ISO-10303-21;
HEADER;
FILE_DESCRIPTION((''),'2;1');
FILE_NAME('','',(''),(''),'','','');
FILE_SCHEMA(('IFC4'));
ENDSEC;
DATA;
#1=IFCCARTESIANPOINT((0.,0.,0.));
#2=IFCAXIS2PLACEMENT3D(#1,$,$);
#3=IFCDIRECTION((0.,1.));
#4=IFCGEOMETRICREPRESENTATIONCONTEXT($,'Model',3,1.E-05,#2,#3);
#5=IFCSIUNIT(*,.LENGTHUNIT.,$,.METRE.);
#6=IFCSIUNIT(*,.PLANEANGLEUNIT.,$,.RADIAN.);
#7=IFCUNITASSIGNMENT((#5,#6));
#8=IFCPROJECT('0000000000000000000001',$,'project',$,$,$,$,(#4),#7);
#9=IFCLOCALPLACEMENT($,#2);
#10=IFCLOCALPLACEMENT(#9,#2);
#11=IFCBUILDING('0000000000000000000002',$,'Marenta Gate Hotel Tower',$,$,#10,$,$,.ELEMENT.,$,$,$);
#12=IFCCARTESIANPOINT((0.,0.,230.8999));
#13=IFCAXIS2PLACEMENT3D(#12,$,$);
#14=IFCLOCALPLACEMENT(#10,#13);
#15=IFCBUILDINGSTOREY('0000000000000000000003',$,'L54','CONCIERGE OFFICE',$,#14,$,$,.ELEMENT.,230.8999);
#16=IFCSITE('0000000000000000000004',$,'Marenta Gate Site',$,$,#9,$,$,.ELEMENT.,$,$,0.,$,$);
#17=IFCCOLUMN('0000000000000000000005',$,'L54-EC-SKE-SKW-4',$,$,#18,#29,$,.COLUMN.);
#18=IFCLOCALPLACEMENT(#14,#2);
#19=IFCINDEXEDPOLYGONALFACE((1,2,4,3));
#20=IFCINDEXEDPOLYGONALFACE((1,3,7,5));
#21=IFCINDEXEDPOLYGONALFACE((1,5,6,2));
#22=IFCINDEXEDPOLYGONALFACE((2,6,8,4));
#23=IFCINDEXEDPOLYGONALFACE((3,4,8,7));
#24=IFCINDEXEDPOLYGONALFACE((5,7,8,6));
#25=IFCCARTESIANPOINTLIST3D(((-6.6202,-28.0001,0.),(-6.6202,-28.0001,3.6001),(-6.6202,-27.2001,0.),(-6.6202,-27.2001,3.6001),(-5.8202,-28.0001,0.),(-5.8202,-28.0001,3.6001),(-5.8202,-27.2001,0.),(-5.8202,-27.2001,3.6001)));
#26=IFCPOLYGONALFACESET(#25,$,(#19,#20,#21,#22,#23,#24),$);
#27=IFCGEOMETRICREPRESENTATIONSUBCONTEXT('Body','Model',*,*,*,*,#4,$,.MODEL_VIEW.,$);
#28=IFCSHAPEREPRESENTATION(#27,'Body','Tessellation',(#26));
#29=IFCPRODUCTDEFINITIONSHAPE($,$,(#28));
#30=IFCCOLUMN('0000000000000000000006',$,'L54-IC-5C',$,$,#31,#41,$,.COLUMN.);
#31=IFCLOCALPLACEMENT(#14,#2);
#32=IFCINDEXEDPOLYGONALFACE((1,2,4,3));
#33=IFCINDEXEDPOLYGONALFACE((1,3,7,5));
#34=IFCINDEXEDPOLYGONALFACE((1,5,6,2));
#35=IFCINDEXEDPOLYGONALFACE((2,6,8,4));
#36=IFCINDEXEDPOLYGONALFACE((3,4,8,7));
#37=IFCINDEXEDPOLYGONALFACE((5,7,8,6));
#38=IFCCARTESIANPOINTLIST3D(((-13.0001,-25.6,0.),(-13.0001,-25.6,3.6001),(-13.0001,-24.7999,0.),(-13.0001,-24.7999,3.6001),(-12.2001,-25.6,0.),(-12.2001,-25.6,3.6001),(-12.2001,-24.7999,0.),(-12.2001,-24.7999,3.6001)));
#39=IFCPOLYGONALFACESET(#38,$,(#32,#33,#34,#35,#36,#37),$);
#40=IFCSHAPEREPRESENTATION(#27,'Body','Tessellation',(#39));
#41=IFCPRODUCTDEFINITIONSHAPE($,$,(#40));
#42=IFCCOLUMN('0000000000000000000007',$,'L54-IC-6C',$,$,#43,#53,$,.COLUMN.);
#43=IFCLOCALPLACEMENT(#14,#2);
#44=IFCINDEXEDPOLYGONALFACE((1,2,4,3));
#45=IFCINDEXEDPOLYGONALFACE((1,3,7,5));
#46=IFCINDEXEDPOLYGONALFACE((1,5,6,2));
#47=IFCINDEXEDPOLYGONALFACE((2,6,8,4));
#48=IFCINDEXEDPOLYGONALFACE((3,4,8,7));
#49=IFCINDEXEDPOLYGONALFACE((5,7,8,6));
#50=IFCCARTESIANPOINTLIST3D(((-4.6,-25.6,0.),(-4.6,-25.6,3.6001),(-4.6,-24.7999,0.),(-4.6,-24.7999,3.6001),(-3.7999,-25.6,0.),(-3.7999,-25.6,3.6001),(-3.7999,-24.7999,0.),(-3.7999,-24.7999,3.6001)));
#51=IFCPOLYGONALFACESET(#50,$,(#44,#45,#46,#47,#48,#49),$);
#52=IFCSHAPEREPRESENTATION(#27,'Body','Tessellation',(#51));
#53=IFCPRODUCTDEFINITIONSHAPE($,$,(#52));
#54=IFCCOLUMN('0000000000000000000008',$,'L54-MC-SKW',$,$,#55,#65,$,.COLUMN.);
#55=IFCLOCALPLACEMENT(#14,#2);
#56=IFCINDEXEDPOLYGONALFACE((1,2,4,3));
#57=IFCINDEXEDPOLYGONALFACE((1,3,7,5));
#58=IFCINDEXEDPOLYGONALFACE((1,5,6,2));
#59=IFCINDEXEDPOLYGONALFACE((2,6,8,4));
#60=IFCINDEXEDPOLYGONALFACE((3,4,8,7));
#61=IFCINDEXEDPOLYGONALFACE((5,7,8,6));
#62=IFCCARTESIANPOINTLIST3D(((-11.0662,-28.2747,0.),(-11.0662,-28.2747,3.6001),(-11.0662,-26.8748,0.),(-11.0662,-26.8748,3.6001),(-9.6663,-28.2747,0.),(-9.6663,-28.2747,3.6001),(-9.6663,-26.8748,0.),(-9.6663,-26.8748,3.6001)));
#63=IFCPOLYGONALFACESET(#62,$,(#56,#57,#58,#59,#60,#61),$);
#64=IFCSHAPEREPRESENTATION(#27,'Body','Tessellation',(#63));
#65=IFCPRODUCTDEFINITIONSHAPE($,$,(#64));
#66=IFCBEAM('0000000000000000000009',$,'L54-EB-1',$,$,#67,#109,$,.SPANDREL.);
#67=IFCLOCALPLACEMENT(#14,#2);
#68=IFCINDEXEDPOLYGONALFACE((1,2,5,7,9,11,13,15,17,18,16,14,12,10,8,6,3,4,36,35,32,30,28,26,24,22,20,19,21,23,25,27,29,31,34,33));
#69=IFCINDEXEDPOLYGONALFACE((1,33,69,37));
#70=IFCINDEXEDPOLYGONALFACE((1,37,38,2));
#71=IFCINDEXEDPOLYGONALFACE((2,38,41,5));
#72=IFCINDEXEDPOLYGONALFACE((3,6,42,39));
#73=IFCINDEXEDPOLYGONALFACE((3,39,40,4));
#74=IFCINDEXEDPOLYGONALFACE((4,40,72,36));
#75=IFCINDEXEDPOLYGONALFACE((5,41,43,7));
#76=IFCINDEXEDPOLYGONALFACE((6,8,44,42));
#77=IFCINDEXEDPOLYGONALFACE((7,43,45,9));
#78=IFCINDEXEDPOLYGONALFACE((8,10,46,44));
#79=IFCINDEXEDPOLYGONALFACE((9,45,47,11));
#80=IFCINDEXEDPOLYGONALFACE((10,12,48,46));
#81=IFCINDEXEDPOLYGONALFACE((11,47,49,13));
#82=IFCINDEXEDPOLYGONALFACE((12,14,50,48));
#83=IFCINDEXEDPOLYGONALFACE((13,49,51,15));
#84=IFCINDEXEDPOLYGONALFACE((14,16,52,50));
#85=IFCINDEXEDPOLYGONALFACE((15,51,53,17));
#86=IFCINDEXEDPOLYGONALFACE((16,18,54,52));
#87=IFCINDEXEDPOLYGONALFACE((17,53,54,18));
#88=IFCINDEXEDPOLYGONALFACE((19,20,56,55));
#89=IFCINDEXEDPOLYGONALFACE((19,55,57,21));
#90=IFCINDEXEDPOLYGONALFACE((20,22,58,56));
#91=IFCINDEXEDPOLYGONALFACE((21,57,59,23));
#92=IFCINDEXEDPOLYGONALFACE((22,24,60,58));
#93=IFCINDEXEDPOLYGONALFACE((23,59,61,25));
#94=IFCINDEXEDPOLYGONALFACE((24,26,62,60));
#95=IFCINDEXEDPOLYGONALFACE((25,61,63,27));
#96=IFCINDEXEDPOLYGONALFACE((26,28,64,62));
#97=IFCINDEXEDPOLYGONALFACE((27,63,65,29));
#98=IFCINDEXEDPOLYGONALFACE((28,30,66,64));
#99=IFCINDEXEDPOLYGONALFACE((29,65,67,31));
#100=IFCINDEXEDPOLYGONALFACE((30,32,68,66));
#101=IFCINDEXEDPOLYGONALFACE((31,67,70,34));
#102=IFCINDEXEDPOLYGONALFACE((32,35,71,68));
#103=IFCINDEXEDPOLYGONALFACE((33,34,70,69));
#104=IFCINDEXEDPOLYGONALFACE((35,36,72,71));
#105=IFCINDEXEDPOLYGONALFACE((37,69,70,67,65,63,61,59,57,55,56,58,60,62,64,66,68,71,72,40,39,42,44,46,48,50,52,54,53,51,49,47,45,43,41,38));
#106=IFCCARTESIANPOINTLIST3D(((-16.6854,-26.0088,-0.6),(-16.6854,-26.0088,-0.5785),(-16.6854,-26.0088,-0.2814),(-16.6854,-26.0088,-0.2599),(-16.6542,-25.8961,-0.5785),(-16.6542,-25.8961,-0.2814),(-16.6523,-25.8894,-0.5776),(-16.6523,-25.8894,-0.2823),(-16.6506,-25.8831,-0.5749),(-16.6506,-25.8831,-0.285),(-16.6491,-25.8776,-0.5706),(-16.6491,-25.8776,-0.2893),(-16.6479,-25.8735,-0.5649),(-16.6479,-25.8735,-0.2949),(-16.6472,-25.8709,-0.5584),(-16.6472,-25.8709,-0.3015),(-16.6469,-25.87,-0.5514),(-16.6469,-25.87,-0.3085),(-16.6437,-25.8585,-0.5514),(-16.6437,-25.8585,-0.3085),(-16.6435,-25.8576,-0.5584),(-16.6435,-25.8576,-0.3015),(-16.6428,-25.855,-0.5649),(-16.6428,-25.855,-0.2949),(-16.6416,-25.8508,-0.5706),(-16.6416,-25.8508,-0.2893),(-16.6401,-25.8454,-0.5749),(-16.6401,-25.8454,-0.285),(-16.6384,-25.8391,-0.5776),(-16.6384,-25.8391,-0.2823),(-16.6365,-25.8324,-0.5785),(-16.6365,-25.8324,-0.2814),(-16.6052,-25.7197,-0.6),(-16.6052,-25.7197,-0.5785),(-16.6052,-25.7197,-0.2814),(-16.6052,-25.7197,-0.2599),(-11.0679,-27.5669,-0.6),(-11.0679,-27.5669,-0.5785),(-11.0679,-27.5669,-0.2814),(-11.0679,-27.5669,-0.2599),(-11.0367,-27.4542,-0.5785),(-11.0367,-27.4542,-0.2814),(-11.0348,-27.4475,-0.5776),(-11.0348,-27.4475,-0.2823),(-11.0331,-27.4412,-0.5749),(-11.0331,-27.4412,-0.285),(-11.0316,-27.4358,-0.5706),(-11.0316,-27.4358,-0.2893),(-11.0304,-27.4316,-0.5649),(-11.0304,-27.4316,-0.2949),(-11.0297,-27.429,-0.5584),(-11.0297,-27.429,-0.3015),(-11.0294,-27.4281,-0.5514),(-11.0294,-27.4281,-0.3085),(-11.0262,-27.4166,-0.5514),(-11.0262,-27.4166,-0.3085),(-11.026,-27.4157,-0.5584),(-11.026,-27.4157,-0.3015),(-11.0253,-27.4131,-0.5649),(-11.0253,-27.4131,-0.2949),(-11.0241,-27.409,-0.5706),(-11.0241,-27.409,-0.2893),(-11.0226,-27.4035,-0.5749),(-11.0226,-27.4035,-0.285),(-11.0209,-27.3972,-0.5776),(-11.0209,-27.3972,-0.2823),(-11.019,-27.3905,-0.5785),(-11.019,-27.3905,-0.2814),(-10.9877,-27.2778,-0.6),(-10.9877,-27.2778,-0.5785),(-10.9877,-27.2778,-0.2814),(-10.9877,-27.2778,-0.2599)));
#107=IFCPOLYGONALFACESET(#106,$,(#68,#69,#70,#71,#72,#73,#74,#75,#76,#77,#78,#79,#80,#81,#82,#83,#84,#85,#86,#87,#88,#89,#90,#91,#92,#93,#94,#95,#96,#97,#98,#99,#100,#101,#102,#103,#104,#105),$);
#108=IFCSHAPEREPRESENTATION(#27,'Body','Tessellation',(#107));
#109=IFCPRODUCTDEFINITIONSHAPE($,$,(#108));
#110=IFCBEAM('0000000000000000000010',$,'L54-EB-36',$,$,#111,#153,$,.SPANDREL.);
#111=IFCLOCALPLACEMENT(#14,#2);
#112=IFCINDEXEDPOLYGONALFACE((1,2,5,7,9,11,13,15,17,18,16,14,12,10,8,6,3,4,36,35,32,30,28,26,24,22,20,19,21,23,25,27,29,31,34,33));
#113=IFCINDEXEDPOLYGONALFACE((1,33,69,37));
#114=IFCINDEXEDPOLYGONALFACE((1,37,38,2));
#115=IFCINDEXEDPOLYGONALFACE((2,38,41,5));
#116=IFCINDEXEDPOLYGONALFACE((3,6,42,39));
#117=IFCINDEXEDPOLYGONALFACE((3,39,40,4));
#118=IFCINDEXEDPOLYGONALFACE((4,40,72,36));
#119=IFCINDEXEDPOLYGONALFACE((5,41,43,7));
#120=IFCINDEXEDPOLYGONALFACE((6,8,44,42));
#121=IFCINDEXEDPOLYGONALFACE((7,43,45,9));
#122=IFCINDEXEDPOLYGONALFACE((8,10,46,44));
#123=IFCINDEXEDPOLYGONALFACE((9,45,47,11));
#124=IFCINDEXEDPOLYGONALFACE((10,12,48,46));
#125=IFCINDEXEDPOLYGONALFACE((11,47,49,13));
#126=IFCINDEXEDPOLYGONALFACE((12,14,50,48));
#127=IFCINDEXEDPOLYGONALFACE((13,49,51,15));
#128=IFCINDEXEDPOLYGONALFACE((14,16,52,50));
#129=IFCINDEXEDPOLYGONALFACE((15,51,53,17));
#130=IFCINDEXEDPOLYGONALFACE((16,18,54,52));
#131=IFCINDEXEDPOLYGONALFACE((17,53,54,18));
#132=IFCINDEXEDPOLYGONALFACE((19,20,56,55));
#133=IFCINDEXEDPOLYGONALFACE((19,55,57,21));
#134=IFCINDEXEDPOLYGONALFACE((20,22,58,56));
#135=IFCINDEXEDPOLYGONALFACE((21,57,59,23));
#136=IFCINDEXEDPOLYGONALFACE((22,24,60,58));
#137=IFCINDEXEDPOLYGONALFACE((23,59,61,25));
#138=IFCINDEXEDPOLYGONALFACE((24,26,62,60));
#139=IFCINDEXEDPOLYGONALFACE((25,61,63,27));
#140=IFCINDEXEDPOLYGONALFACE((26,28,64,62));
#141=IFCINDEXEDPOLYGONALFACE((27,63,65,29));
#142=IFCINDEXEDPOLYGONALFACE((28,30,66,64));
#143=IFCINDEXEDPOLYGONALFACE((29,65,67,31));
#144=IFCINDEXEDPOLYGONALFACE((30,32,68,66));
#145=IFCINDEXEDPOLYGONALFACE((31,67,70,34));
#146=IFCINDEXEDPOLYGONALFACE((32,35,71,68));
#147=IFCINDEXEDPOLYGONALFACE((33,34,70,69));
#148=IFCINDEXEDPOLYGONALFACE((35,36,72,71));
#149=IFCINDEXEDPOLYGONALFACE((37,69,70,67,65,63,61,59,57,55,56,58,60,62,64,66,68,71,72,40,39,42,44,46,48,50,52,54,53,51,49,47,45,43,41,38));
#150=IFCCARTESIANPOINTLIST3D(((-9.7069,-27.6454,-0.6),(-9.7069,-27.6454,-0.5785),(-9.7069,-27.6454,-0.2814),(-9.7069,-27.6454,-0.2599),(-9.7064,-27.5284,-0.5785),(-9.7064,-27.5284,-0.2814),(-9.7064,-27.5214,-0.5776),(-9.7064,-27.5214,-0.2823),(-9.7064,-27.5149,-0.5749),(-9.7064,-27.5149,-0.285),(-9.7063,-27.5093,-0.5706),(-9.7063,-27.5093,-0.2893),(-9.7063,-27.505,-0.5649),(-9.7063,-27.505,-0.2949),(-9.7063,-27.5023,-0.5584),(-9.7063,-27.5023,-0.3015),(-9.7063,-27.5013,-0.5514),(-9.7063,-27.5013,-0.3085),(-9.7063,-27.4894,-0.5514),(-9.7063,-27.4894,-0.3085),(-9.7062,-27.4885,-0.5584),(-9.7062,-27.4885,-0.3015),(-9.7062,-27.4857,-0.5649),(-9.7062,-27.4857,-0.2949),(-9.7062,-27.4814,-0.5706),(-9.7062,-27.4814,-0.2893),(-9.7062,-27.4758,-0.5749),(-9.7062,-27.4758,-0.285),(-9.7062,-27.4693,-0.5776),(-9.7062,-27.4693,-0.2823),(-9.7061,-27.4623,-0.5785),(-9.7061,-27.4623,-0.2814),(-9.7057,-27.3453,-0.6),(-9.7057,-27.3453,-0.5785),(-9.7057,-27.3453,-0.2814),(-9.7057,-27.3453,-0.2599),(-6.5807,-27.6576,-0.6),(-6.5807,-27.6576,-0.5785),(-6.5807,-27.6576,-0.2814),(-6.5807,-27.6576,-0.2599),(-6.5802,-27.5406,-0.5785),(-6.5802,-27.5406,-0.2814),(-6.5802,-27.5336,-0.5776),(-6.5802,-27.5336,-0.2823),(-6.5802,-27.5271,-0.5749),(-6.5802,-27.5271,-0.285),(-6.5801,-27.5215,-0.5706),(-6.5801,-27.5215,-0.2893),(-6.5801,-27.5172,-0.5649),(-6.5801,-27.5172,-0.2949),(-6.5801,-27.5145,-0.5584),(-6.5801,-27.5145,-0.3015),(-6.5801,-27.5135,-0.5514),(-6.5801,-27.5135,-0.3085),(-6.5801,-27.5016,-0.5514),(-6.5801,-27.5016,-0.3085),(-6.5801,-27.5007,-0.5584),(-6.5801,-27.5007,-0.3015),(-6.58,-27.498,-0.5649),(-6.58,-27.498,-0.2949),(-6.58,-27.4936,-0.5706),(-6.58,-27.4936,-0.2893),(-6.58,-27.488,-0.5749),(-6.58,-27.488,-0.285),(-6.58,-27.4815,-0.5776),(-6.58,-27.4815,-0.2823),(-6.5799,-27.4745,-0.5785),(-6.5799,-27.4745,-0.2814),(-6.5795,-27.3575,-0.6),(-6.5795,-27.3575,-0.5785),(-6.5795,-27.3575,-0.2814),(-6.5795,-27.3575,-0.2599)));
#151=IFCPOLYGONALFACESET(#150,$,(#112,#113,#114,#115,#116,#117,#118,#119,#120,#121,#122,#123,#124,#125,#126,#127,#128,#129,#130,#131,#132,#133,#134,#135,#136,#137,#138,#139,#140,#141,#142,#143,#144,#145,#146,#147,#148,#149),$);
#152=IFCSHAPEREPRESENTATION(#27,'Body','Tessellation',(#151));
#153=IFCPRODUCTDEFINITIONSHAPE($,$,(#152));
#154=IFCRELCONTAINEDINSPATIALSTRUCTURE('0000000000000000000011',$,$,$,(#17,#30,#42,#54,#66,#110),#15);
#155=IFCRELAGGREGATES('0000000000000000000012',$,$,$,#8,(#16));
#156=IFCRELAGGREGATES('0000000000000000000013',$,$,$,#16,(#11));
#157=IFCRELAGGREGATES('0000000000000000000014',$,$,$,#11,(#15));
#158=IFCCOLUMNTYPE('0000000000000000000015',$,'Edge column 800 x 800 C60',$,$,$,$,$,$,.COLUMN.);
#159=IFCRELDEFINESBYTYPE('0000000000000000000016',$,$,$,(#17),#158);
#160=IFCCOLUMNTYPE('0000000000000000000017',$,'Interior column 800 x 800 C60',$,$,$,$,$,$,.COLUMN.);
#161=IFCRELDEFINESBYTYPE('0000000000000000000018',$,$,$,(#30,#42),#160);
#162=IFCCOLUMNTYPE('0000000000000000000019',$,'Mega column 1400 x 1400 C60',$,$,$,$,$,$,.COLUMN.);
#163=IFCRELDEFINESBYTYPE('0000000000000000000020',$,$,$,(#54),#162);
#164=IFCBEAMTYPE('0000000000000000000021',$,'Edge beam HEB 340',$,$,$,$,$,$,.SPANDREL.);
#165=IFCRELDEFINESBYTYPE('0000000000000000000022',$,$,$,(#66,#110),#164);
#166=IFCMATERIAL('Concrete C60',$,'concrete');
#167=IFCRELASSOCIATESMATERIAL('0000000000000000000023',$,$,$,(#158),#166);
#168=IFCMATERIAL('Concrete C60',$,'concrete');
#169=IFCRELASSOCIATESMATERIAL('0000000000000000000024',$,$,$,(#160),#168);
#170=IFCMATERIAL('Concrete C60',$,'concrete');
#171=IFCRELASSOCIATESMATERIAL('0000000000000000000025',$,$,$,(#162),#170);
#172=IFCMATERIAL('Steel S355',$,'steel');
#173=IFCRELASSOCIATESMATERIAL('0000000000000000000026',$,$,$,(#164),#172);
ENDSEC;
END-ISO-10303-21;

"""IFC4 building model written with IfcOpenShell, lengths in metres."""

from ifc_helpers import new_model, si_unit, direction, frame, origin, origin_2d, place, context, subcontext, project, spatial, rectangle, i_section, extrude, material, material_profile, profile_set, type_object, element, save


model = new_model("IFC4")

# Units and contexts
model_context = context("Model", 3, precision=1e-05, world=origin(), true_north=direction((0.0, 1.0)))
body_context = subcontext(model_context, "Body", "Model", "MODEL_VIEW")
ifc_project = project(units=[si_unit("LENGTHUNIT", "METRE"), si_unit("PLANEANGLEUNIT", "RADIAN")], contexts=[model_context])

# Site, building, storey
site_placement = place(None, origin())
site = spatial("IfcSite", under=ifc_project, at=site_placement, Name="Marenta Gate Site", CompositionType="ELEMENT", RefElevation=0.0)
building_placement = place(site_placement, origin())
building = spatial("IfcBuilding", under=site, at=building_placement, Name="Marenta Gate Hotel Tower", CompositionType="ELEMENT")
storey_placement = place(building_placement, frame((0.0, 0.0, 230.8999)))
storey = spatial("IfcBuildingStorey", under=building, at=storey_placement, Name="L54", Description="CONCIERGE OFFICE", CompositionType="ELEMENT", Elevation=230.8999)

# Columns
ifc_material_1 = material(Name="Concrete C60", Category="concrete")
ifc_material_profile_1 = material_profile(ifc_material_1, rectangle(XDim=0.8, YDim=0.8, at=origin_2d()), Name="800 x 800")
ifc_profile_set_1 = profile_set([ifc_material_profile_1], Name="Concrete C60")
column_type_1 = type_object("IfcColumnType", Name="Edge column 800 x 800 C60", PredefinedType="COLUMN", material=ifc_profile_set_1)
column_1_placement = place(storey_placement, frame((-6.2202, -27.6001, 0.0), z_axis=(0.0, 0.0, 1.0), x_axis=(1.0, 0.0, 0.0)))
element("IfcColumn", 1, at=column_1_placement, inside=storey, type_object=column_type_1, Name="L54-EC-SKE-SKW-4", PredefinedType="COLUMN", context=body_context, shape_type="SweptSolid", body=[
    extrude(rectangle(XDim=0.8, YDim=0.8, at=origin_2d()), origin(), (0.0, 0.0, 1.0), 3.6001),
])
ifc_material_2 = material(Name="Concrete C60", Category="concrete")
ifc_material_profile_2 = material_profile(ifc_material_2, rectangle(XDim=0.8, YDim=0.8, at=origin_2d()), Name="800 x 800")
ifc_profile_set_2 = profile_set([ifc_material_profile_2], Name="Concrete C60")
column_type_2 = type_object("IfcColumnType", Name="Interior column 800 x 800 C60", PredefinedType="COLUMN", material=ifc_profile_set_2)
for number, where, z_axis, x_axis, name in (
    (2, (-12.6001, -25.2, 0.0), (0.0, 0.0, 1.0), (1.0, 0.0, 0.0), "L54-IC-5C"),
    (3, (-4.2, -25.2, 0.0), (0.0, 0.0, 1.0), (1.0, 0.0, 0.0), "L54-IC-6C"),
):
    element("IfcColumn", number, at=place(storey_placement, frame(where, z_axis=z_axis, x_axis=x_axis)), inside=storey, type_object=column_type_2, Name=name, PredefinedType="COLUMN", context=body_context, shape_type="SweptSolid", body=[
        extrude(rectangle(XDim=0.8, YDim=0.8, at=origin_2d()), origin(), (0.0, 0.0, 1.0), 3.6001),
    ])
ifc_material_3 = material(Name="Concrete C60", Category="concrete")
ifc_material_profile_3 = material_profile(ifc_material_3, rectangle(XDim=1.3999, YDim=1.3999, at=origin_2d()), Name="1400 x 1400")
ifc_profile_set_3 = profile_set([ifc_material_profile_3], Name="Concrete C60")
column_type_3 = type_object("IfcColumnType", Name="Mega column 1400 x 1400 C60", PredefinedType="COLUMN", material=ifc_profile_set_3)
column_2_placement = place(storey_placement, frame((-10.3662, -27.5747, 0.0), z_axis=(0.0, 0.0, 1.0), x_axis=(1.0, 0.0, 0.0)))
element("IfcColumn", 4, at=column_2_placement, inside=storey, type_object=column_type_3, Name="L54-MC-SKW", PredefinedType="COLUMN", context=body_context, shape_type="SweptSolid", body=[
    extrude(rectangle(XDim=1.3999, YDim=1.3999, at=origin_2d()), origin(), (0.0, 0.0, 1.0), 3.6001),
])

# Beams
ifc_material_4 = material(Name="Steel S355", Category="steel")
ifc_material_profile_4 = material_profile(ifc_material_4, i_section(OverallWidth=0.3, OverallDepth=0.3401, WebThickness=0.012, FlangeThickness=0.0215, FilletRadius=0.0271, at=origin_2d()), Name="HEB 340")
ifc_profile_set_4 = profile_set([ifc_material_profile_4], Name="Steel S355")
beam_type_1 = type_object("IfcBeamType", Name="Edge beam HEB 340", PredefinedType="SPANDREL", material=ifc_profile_set_4)
beam_1_placement = place(storey_placement, frame((-11.0278, -27.4224, -0.4299), z_axis=(-0.963619, 0.267279, 0.0), x_axis=(-0.267279, -0.963619, 0.0)))
element("IfcBeam", 5, at=beam_1_placement, inside=storey, type_object=beam_type_1, Name="L54-EB-1", PredefinedType="SPANDREL", context=body_context, shape_type="SweptSolid", body=[
    extrude(i_section(OverallWidth=0.3, OverallDepth=0.3401, WebThickness=0.012, FlangeThickness=0.0215, FilletRadius=0.0271, at=origin_2d()), origin(), (0.0, 0.0, 1.0), 5.8296),
])
beam_2_placement = place(storey_placement, frame((-6.5801, -27.5076, -0.4299), z_axis=(-0.999992, 0.003905, 0.0), x_axis=(-0.003905, -0.999992, 0.0)))
element("IfcBeam", 6, at=beam_2_placement, inside=storey, type_object=beam_type_1, Name="L54-EB-36", PredefinedType="SPANDREL", context=body_context, shape_type="SweptSolid", body=[
    extrude(i_section(OverallWidth=0.3, OverallDepth=0.3401, WebThickness=0.012, FlangeThickness=0.0215, FilletRadius=0.0271, at=origin_2d()), origin(), (0.0, 0.0, 1.0), 3.1262),
])

save(model, "model.ifc")
